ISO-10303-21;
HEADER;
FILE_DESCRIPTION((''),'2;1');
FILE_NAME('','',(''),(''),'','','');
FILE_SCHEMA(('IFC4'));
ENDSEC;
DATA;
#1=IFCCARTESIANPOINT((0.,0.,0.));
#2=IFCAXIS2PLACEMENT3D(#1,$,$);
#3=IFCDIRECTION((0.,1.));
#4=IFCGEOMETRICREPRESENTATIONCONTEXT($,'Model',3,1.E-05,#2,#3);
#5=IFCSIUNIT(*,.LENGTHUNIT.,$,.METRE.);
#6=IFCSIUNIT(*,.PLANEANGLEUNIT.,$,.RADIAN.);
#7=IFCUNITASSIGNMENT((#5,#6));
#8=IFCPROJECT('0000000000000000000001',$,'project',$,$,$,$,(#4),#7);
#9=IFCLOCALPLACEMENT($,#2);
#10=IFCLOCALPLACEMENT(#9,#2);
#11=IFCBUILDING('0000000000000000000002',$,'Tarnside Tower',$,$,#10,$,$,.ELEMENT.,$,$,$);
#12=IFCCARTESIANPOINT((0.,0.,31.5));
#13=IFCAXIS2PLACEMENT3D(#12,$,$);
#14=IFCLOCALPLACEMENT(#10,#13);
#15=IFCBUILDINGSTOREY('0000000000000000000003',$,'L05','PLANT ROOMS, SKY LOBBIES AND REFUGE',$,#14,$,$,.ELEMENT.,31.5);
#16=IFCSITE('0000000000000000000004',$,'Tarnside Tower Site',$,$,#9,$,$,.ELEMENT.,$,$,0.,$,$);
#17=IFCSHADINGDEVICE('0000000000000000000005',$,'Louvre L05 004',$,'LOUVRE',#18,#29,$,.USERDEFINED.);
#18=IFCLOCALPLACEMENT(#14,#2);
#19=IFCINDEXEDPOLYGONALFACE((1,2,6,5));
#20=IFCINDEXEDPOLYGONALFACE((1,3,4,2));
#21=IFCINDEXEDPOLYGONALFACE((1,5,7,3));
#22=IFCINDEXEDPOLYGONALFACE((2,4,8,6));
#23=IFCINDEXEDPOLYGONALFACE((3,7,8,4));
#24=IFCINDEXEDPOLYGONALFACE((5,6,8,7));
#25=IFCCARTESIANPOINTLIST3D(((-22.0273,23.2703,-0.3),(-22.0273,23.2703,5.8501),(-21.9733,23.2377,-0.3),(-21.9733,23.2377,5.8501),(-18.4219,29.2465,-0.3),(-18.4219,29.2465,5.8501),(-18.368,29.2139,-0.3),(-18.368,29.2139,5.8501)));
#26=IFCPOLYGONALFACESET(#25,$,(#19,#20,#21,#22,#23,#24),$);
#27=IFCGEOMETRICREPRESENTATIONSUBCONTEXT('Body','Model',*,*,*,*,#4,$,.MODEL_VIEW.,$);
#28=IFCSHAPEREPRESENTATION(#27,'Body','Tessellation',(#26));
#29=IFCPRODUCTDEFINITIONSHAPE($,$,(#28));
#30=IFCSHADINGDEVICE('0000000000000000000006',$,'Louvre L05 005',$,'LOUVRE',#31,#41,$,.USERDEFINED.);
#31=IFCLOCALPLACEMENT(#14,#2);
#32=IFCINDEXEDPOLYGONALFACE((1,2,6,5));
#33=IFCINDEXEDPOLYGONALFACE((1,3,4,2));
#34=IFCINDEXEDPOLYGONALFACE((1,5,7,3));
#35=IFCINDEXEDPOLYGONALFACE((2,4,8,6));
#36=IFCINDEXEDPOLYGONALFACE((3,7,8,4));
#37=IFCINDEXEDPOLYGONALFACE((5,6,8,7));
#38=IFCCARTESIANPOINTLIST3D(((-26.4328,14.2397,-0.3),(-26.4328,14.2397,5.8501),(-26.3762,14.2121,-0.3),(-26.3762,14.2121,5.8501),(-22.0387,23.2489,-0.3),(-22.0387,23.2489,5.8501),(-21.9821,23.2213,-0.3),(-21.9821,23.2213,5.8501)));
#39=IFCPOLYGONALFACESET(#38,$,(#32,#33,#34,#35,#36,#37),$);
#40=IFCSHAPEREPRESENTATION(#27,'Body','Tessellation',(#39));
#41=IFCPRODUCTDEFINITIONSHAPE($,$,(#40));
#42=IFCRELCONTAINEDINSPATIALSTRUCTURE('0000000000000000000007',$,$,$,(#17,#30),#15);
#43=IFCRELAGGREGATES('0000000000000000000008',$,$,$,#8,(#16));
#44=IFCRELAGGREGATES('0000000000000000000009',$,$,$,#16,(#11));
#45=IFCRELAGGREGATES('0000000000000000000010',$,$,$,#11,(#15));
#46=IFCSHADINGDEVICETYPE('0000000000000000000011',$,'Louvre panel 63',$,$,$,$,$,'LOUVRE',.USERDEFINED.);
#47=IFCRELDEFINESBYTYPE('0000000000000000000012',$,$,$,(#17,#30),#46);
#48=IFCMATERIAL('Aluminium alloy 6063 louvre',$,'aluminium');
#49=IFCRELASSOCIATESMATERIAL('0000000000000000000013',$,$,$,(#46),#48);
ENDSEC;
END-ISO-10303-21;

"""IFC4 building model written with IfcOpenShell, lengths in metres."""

from ifc_helpers import new_model, si_unit, direction, frame, origin, place, context, subcontext, project, spatial, polyline, outline, extrude, material, type_object, element, save


model = new_model("IFC4")

# Units and contexts
model_context = context("Model", 3, precision=1e-05, world=origin(), true_north=direction((0.0, 1.0)))
body_context = subcontext(model_context, "Body", "Model", "MODEL_VIEW")
ifc_project = project(units=[si_unit("LENGTHUNIT", "METRE"), si_unit("PLANEANGLEUNIT", "RADIAN")], contexts=[model_context])

# Site, building, storey
site_placement = place(None, origin())
site = spatial("IfcSite", under=ifc_project, at=site_placement, Name="Tarnside Tower Site", CompositionType="ELEMENT", RefElevation=0.0)
building_placement = place(site_placement, origin())
building = spatial("IfcBuilding", under=site, at=building_placement, Name="Tarnside Tower", CompositionType="ELEMENT")
storey_placement = place(building_placement, frame((0.0, 0.0, 31.5)))
storey = spatial("IfcBuildingStorey", under=building, at=storey_placement, Name="L05", Description="PLANT ROOMS, SKY LOBBIES AND REFUGE", CompositionType="ELEMENT", Elevation=31.5)

# Shading devices
ifc_material_1 = material(Name="Aluminium alloy 6063 louvre", Category="aluminium")
shading_device_type = type_object("IfcShadingDeviceType", Name="Louvre panel 63", ElementType="LOUVRE", PredefinedType="USERDEFINED", material=ifc_material_1)
shading_device_1_placement = place(storey_placement, frame((-20.1707, 26.2258, -0.3), z_axis=(0.516563, 0.856249, 0.0), x_axis=(-0.856249, 0.516563, 0.0)))
element("IfcShadingDevice", 1, at=shading_device_1_placement, inside=storey, type_object=shading_device_type, Name="Louvre L05 004", ObjectType="LOUVRE", PredefinedType="USERDEFINED", context=body_context, shape_type="SweptSolid", body=[
    extrude(outline(polyline([(0.0, 0.0), (0.063, 0.0), (0.063, 6.1501), (0.0, 6.1501), (0.0, 0.0)])), frame((0.0, 0.0, -3.4897)), (0.0, 0.0, 1.0), 6.9795),
])
shading_device_2_placement = place(storey_placement, frame((-24.1792, 18.7166, -0.3), z_axis=(0.438373, 0.898793, 0.0), x_axis=(-0.898793, 0.438373, 0.0)))
element("IfcShadingDevice", 2, at=shading_device_2_placement, inside=storey, type_object=shading_device_type, Name="Louvre L05 005", ObjectType="LOUVRE", PredefinedType="USERDEFINED", context=body_context, shape_type="SweptSolid", body=[
    extrude(outline(polyline([(0.0, 0.0), (0.063, 0.0), (0.063, 6.1501), (0.0, 6.1501), (0.0, 0.0)])), frame((0.0, 0.0, -5.0117)), (0.0, 0.0, 1.0), 10.0237),
])

save(model, "model.ifc")
